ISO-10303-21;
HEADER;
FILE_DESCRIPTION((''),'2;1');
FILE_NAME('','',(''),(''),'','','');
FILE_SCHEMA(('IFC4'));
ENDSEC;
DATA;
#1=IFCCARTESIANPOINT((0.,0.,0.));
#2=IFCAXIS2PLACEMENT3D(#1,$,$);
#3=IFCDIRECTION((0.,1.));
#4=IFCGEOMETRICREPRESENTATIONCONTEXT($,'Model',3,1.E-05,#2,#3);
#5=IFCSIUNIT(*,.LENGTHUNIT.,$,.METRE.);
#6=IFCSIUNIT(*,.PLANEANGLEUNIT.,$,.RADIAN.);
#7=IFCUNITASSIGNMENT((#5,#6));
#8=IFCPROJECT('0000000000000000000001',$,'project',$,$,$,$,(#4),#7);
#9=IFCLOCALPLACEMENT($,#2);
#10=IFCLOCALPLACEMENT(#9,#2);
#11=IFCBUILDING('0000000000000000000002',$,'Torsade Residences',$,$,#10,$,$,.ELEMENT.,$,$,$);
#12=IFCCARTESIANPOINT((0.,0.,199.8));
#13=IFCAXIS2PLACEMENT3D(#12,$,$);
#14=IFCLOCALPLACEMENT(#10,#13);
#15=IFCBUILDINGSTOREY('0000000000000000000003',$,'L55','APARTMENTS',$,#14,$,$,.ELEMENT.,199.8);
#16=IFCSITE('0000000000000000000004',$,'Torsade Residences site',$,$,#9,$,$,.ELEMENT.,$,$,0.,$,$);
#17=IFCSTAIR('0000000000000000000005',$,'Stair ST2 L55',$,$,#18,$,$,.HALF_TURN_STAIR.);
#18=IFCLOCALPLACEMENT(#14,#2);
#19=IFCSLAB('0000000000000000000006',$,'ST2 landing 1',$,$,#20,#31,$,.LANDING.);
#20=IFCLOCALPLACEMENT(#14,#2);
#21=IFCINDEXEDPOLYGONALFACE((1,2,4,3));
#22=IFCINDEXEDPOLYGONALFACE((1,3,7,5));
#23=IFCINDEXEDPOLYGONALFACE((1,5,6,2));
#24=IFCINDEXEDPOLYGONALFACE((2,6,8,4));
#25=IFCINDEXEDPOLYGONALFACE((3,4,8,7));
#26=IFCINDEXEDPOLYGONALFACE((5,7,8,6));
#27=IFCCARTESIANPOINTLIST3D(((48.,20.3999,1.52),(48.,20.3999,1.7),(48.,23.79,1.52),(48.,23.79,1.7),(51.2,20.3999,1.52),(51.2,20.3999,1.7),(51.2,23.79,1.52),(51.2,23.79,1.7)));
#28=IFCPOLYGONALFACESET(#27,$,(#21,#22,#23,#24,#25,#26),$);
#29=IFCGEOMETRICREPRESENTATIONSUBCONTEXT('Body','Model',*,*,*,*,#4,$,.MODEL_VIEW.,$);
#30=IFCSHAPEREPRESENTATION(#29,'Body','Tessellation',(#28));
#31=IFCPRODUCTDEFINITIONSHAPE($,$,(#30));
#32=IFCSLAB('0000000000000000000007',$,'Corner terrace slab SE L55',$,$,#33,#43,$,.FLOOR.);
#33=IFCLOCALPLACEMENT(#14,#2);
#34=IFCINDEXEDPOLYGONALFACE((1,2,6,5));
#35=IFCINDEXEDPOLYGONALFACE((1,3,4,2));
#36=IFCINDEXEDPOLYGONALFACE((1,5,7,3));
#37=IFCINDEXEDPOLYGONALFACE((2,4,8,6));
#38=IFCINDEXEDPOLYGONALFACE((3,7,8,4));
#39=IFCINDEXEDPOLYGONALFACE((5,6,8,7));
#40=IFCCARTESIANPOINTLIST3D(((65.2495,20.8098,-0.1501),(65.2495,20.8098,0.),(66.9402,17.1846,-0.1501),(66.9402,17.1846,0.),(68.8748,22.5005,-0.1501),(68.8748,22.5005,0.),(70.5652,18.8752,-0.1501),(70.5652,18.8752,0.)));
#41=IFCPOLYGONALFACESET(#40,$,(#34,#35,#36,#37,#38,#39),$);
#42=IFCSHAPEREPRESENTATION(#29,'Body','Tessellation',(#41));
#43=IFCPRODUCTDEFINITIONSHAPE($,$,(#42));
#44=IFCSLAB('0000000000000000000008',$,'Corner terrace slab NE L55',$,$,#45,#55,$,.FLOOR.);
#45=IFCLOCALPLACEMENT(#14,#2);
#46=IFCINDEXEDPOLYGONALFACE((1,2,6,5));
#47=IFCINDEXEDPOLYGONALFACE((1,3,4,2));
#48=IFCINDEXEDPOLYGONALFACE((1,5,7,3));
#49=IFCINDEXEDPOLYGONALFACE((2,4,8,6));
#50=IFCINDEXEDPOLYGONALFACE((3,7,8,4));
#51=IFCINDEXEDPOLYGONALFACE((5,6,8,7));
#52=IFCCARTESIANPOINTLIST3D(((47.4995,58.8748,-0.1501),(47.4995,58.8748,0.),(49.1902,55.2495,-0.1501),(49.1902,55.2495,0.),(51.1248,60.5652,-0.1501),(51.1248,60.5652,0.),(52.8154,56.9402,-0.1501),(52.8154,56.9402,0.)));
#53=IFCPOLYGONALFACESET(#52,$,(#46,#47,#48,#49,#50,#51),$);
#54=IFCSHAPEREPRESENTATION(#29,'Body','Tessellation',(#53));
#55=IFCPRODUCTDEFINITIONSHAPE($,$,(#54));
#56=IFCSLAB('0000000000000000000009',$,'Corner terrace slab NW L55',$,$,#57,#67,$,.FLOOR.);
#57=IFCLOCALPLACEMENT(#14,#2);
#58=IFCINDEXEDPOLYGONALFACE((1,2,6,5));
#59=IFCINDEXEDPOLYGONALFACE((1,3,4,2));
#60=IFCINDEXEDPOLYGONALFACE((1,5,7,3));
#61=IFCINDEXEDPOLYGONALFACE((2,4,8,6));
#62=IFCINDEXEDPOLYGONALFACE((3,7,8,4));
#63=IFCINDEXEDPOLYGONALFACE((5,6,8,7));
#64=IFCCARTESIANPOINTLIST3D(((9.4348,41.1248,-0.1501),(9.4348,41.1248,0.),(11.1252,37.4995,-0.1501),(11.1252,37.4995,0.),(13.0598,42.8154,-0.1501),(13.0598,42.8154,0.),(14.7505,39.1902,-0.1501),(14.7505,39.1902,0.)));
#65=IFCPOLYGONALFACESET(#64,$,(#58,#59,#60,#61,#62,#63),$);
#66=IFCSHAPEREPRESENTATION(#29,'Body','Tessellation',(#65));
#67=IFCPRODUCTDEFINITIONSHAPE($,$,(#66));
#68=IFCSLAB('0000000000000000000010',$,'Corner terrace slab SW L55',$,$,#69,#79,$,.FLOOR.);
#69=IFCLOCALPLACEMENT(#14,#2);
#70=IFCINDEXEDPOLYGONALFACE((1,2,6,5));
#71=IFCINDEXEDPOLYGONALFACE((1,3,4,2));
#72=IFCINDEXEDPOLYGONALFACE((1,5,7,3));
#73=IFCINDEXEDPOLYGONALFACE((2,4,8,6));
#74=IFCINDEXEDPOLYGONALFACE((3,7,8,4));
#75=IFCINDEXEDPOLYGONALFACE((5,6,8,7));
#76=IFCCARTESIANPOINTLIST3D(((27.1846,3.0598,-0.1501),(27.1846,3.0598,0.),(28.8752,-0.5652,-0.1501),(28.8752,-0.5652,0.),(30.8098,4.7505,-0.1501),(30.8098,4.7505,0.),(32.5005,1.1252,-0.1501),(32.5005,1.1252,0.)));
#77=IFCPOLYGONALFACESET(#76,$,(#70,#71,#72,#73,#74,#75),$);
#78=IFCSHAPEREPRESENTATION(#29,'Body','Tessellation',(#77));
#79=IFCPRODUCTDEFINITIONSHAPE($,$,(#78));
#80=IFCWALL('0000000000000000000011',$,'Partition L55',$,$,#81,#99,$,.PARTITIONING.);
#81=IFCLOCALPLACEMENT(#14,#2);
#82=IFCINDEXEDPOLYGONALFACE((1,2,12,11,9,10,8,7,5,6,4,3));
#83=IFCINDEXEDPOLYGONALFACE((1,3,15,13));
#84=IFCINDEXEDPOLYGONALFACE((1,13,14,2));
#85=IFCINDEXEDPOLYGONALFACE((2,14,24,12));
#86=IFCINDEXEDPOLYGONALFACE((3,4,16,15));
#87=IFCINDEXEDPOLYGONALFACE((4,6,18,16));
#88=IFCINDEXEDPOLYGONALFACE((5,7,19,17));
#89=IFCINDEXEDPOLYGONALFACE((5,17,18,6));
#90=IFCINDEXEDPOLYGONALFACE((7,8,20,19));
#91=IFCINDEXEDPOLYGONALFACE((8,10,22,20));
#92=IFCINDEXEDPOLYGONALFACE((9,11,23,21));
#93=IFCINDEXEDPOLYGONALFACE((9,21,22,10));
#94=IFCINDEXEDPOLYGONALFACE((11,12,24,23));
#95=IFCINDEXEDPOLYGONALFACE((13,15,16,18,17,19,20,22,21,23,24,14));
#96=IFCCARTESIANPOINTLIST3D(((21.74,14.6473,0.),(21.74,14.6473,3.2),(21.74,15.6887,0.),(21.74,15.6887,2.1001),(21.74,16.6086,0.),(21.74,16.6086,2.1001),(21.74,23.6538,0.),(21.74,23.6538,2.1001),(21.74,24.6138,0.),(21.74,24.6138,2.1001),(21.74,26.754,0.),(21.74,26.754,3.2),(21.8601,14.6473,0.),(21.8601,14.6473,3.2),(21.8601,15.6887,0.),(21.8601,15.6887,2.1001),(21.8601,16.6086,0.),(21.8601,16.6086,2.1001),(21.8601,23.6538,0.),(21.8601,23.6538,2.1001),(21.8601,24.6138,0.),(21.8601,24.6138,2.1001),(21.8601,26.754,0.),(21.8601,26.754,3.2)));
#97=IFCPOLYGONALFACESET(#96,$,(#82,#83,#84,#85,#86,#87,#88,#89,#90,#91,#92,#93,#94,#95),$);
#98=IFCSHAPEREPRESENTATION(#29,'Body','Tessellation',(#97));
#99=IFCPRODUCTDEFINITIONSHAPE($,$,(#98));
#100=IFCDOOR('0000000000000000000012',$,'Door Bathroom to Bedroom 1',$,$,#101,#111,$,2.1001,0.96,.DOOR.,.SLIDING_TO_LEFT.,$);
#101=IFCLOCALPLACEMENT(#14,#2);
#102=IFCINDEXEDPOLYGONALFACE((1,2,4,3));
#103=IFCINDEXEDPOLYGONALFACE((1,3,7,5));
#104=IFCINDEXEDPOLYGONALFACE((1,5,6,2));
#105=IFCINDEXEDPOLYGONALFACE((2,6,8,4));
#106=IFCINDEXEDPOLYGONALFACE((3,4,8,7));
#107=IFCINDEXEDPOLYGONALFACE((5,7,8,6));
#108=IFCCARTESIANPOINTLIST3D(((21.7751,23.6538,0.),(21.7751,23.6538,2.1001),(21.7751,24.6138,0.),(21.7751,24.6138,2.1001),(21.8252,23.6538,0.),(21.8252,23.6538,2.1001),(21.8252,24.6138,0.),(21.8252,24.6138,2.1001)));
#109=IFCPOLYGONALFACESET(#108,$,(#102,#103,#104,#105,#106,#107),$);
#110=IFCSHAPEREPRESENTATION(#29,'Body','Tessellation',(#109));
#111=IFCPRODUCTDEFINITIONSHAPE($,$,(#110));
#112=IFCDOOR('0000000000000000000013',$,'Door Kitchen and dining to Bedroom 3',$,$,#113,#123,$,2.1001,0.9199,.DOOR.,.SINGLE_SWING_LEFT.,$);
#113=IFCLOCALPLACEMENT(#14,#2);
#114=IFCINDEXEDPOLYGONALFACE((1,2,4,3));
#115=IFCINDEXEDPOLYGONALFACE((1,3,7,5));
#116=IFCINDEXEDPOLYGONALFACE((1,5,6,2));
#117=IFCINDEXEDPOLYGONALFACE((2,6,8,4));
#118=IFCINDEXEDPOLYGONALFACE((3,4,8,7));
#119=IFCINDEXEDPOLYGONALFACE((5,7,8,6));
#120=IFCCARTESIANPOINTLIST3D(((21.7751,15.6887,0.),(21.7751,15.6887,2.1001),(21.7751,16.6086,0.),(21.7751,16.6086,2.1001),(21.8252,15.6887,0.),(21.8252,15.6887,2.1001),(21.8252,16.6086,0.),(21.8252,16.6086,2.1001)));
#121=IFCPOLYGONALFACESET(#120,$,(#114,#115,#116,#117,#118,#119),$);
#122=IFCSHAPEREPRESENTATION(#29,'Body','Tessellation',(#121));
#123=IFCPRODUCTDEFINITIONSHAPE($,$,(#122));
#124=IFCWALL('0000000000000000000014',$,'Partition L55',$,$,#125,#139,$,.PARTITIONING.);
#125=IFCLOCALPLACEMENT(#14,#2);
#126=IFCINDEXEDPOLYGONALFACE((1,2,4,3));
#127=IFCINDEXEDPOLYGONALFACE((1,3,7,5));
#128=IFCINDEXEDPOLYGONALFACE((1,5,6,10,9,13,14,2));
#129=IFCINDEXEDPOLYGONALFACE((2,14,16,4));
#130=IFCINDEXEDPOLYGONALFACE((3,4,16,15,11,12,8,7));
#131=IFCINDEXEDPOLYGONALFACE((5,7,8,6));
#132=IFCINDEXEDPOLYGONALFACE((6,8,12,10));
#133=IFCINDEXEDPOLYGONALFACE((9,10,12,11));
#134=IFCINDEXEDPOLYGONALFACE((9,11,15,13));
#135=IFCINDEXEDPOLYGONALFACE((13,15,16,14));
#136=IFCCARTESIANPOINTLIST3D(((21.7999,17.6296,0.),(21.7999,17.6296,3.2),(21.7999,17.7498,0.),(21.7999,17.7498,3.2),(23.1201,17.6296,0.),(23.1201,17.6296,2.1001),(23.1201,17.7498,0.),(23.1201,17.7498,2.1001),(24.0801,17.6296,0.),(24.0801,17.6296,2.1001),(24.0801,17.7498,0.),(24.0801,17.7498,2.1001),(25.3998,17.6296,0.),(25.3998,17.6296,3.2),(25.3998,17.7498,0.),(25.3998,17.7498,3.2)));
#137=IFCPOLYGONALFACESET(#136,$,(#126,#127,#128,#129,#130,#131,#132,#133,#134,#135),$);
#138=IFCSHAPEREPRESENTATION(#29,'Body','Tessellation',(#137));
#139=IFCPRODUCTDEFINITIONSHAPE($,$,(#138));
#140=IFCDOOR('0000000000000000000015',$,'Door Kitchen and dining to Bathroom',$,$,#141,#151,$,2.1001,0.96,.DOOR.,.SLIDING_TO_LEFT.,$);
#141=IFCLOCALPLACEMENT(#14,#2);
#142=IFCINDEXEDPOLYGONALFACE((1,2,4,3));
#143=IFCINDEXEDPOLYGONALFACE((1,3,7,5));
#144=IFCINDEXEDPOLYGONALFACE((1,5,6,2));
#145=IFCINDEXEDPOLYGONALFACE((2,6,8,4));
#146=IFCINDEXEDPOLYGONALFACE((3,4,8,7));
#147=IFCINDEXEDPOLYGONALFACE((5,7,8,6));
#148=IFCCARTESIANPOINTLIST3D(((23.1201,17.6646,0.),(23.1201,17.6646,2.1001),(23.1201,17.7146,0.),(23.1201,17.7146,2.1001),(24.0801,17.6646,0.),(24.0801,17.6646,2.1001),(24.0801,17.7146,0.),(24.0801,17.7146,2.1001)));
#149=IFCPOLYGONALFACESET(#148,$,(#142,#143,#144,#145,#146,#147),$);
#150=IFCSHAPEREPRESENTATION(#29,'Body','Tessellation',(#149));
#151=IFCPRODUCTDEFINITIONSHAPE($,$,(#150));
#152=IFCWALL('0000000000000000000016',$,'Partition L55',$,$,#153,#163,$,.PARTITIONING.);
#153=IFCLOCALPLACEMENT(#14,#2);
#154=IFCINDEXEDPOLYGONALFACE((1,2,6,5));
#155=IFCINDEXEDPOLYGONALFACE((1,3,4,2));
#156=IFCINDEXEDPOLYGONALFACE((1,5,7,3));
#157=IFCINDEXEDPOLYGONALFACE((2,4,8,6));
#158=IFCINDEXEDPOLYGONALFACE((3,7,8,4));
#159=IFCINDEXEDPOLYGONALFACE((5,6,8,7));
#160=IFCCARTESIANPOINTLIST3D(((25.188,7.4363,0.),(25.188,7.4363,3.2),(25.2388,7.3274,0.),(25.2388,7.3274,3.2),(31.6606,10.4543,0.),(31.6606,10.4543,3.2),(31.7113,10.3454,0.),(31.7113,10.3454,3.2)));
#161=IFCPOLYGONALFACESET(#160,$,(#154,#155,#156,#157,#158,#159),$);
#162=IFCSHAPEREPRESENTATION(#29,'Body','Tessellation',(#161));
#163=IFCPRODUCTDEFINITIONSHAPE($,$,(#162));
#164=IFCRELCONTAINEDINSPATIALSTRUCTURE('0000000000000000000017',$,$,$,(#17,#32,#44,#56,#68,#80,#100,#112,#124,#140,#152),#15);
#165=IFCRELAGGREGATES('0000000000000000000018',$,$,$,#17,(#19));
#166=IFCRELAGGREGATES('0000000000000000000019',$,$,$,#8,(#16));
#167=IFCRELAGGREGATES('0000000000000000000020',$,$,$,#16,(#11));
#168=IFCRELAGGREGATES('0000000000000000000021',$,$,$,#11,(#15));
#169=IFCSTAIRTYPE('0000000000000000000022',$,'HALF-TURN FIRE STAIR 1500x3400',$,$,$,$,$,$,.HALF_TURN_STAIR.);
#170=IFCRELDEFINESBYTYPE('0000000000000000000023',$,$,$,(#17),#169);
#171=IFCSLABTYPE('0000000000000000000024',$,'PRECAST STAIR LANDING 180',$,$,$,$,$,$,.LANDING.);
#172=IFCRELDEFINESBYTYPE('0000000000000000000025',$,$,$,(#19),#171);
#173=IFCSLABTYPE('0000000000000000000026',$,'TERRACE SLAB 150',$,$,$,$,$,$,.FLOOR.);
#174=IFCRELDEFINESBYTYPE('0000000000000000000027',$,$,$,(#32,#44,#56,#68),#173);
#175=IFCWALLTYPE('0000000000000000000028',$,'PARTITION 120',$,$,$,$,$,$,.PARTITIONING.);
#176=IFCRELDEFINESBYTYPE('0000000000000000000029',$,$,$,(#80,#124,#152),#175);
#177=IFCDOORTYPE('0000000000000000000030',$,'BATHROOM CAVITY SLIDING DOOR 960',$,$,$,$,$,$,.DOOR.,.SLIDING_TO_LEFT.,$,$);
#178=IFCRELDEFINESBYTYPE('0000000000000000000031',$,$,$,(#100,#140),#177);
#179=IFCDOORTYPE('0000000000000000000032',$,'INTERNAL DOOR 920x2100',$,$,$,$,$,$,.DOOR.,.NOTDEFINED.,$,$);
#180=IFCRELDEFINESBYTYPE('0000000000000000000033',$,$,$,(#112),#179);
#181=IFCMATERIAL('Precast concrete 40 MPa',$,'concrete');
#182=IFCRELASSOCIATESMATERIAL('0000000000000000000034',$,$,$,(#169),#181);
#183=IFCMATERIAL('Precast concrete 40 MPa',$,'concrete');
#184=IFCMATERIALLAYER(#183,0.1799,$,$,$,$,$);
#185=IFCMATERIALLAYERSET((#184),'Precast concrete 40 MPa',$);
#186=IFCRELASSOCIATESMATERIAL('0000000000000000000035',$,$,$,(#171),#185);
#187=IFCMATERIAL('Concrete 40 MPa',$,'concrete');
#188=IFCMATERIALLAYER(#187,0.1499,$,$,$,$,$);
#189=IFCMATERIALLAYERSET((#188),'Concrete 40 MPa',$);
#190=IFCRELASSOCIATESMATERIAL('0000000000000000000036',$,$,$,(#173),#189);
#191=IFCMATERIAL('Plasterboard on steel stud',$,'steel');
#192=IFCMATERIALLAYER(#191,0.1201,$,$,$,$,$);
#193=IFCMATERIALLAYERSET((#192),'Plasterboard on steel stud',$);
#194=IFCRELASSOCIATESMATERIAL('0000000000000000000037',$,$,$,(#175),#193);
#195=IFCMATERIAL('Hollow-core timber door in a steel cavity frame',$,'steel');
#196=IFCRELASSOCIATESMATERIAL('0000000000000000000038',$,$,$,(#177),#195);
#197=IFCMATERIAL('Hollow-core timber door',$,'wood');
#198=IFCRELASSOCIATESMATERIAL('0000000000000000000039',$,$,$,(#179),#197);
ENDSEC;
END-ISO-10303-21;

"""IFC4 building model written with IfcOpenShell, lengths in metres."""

from ifc_helpers import new_model, si_unit, direction, frame, frame_2d, origin, place, context, subcontext, project, spatial, polyline, rectangle, outline, extrude, material, layer, layer_set, type_object, element, fill, aggregate, save


model = new_model("IFC4")

# Units and contexts
model_context = context("Model", 3, precision=1e-05, world=origin(), true_north=direction((0.0, 1.0)))
body_context = subcontext(model_context, "Body", "Model", "MODEL_VIEW")
ifc_project = project(units=[si_unit("LENGTHUNIT", "METRE"), si_unit("PLANEANGLEUNIT", "RADIAN")], contexts=[model_context])

# Site, building, storey
site_placement = place(None, origin())
site = spatial("IfcSite", under=ifc_project, at=site_placement, Name="Torsade Residences site", CompositionType="ELEMENT", RefElevation=0.0)
building_placement = place(site_placement, origin())
building = spatial("IfcBuilding", under=site, at=building_placement, Name="Torsade Residences", CompositionType="ELEMENT")
storey_placement = place(building_placement, frame((0.0, 0.0, 199.8)))
storey = spatial("IfcBuildingStorey", under=building, at=storey_placement, Name="L55", Description="APARTMENTS", CompositionType="ELEMENT", Elevation=199.8)

# Stair, slab
ifc_material_1 = material(Name="Precast concrete 40 MPa", Category="concrete")
stair_type = type_object("IfcStairType", Name="HALF-TURN FIRE STAIR 1500x3400", PredefinedType="HALF_TURN_STAIR", material=ifc_material_1)
ifc_material_2 = material(Name="Precast concrete 40 MPa", Category="concrete")
ifc_layer_1 = layer(ifc_material_2, 0.1799)
ifc_layer_set_1 = layer_set([ifc_layer_1], Name="Precast concrete 40 MPa")
slab_type_1 = type_object("IfcSlabType", Name="PRECAST STAIR LANDING 180", PredefinedType="LANDING", material=ifc_layer_set_1)
stair_1_placement = place(storey_placement, origin())
stair_1 = element("IfcStair", 1, at=stair_1_placement, inside=storey, type_object=stair_type, Name="Stair ST2 L55", PredefinedType="HALF_TURN_STAIR")
slab_1_placement = place(storey_placement, frame((0.0, 0.0, 1.52)))
slab_1 = element("IfcSlab", 2, at=slab_1_placement, type_object=slab_type_1, Name="ST2 landing 1", PredefinedType="LANDING", context=body_context, shape_type="SweptSolid", body=[
    extrude(outline(polyline([(48.0, 20.3999), (51.2, 20.3999), (51.2, 23.79), (48.0, 23.79), (48.0, 20.3999)])), origin(), (0.0, 0.0, 1.0), 0.1799),
])
aggregate(stair_1, [slab_1])

# Slabs
ifc_material_3 = material(Name="Concrete 40 MPa", Category="concrete")
ifc_layer_2 = layer(ifc_material_3, 0.1499)
ifc_layer_set_2 = layer_set([ifc_layer_2], Name="Concrete 40 MPa")
slab_type_2 = type_object("IfcSlabType", Name="TERRACE SLAB 150", PredefinedType="FLOOR", material=ifc_layer_set_2)
slab_2_placement = place(storey_placement, frame((0.0, 0.0, -0.1501)))
element("IfcSlab", 3, at=slab_2_placement, inside=storey, type_object=slab_type_2, Name="Corner terrace slab SE L55", PredefinedType="FLOOR", context=body_context, shape_type="SweptSolid", body=[
    extrude(outline(polyline([(66.9402, 17.1846), (70.5652, 18.8752), (68.8748, 22.5005), (65.2495, 20.8098), (66.9402, 17.1846)])), origin(), (0.0, 0.0, 1.0), 0.1501),
])
slab_3_placement = place(storey_placement, frame((0.0, 0.0, -0.1501)))
element("IfcSlab", 4, at=slab_3_placement, inside=storey, type_object=slab_type_2, Name="Corner terrace slab NE L55", PredefinedType="FLOOR", context=body_context, shape_type="SweptSolid", body=[
    extrude(outline(polyline([(49.1902, 55.2495), (52.8154, 56.9402), (51.1248, 60.5652), (47.4995, 58.8748), (49.1902, 55.2495)])), origin(), (0.0, 0.0, 1.0), 0.1501),
])
slab_4_placement = place(storey_placement, frame((0.0, 0.0, -0.1501)))
element("IfcSlab", 5, at=slab_4_placement, inside=storey, type_object=slab_type_2, Name="Corner terrace slab NW L55", PredefinedType="FLOOR", context=body_context, shape_type="SweptSolid", body=[
    extrude(outline(polyline([(11.1252, 37.4995), (14.7505, 39.1902), (13.0598, 42.8154), (9.4348, 41.1248), (11.1252, 37.4995)])), origin(), (0.0, 0.0, 1.0), 0.1501),
])
slab_5_placement = place(storey_placement, frame((0.0, 0.0, -0.1501)))
element("IfcSlab", 6, at=slab_5_placement, inside=storey, type_object=slab_type_2, Name="Corner terrace slab SW L55", PredefinedType="FLOOR", context=body_context, shape_type="SweptSolid", body=[
    extrude(outline(polyline([(28.8752, -0.5652), (32.5005, 1.1252), (30.8098, 4.7505), (27.1846, 3.0598), (28.8752, -0.5652)])), origin(), (0.0, 0.0, 1.0), 0.1501),
])

# Wall, openings, doors
ifc_material_4 = material(Name="Plasterboard on steel stud", Category="steel")
ifc_layer_3 = layer(ifc_material_4, 0.1201)
ifc_layer_set_3 = layer_set([ifc_layer_3], Name="Plasterboard on steel stud")
wall_type = type_object("IfcWallType", Name="PARTITION 120", PredefinedType="PARTITIONING", material=ifc_layer_set_3)
wall_1_placement = place(storey_placement, frame((21.8, 14.6475, 0.0), z_axis=(0.0, 0.0, 1.0), x_axis=(0.0, 1.0, 0.0)))
wall_1 = element("IfcWall", 7, at=wall_1_placement, inside=storey, type_object=wall_type, Name="Partition L55", PredefinedType="PARTITIONING", context=body_context, shape_type="SweptSolid", body=[
    extrude(rectangle(XDim=12.1067, YDim=0.1201, at=frame_2d((6.0532, 0.0))), origin(), (0.0, 0.0, 1.0), 3.2),
])
opening_1_placement = place(wall_1_placement, frame((1.0413, 0.0, 0.0)))
opening_1 = element("IfcOpeningElement", 8, at=opening_1_placement, cuts=wall_1, PredefinedType="OPENING", context=body_context, shape_type="SweptSolid", body=[
    extrude(rectangle(XDim=0.9199, YDim=2.1001, at=frame_2d((0.46, 1.05))), frame((0.0, 0.0701, 0.0), z_axis=(0.0, -1.0, 0.0), x_axis=(1.0, 0.0, 0.0)), (0.0, 0.0, 1.0), 0.1401),
])
opening_2_placement = place(wall_1_placement, frame((9.0063, 0.0, 0.0)))
opening_2 = element("IfcOpeningElement", 9, at=opening_2_placement, cuts=wall_1, PredefinedType="OPENING", context=body_context, shape_type="SweptSolid", body=[
    extrude(rectangle(XDim=0.96, YDim=2.1001, at=frame_2d((0.48, 1.05))), frame((0.0, 0.0701, 0.0), z_axis=(0.0, -1.0, 0.0), x_axis=(1.0, 0.0, 0.0)), (0.0, 0.0, 1.0), 0.1401),
])
ifc_material_5 = material(Name="Hollow-core timber door in a steel cavity frame", Category="steel")
door_type_1 = type_object("IfcDoorType", Name="BATHROOM CAVITY SLIDING DOOR 960", OperationType="SLIDING_TO_LEFT", PredefinedType="DOOR", material=ifc_material_5)
door_1_placement = place(opening_2_placement, origin())
door_1 = element("IfcDoor", 10, at=door_1_placement, inside=storey, type_object=door_type_1, Name="Door Bathroom to Bedroom 1", OperationType="SLIDING_TO_LEFT", OverallHeight=2.1001, OverallWidth=0.96, PredefinedType="DOOR", context=body_context, shape_type="SweptSolid", body=[
    extrude(rectangle(XDim=0.96, YDim=2.1001, at=frame_2d((0.48, 1.05))), frame((0.0, 0.0249, 0.0), z_axis=(0.0, -1.0, 0.0), x_axis=(1.0, 0.0, 0.0)), (0.0, 0.0, 1.0), 0.05),
])
fill(opening_2, door_1)
ifc_material_6 = material(Name="Hollow-core timber door", Category="wood")
door_type_2 = type_object("IfcDoorType", Name="INTERNAL DOOR 920x2100", OperationType="NOTDEFINED", PredefinedType="DOOR", material=ifc_material_6)
door_2_placement = place(opening_1_placement, origin())
door_2 = element("IfcDoor", 11, at=door_2_placement, inside=storey, type_object=door_type_2, Name="Door Kitchen and dining to Bedroom 3", OperationType="SINGLE_SWING_LEFT", OverallHeight=2.1001, OverallWidth=0.9199, PredefinedType="DOOR", context=body_context, shape_type="SweptSolid", body=[
    extrude(rectangle(XDim=0.9199, YDim=2.1001, at=frame_2d((0.46, 1.05))), frame((0.0, 0.0249, 0.0), z_axis=(0.0, -1.0, 0.0), x_axis=(1.0, 0.0, 0.0)), (0.0, 0.0, 1.0), 0.05),
])
fill(opening_1, door_2)

# Wall, opening, door
wall_2_placement = place(storey_placement, frame((21.8, 17.6897, 0.0), z_axis=(0.0, 0.0, 1.0), x_axis=(1.0, 0.0, 0.0)))
wall_2 = element("IfcWall", 12, at=wall_2_placement, inside=storey, type_object=wall_type, Name="Partition L55", PredefinedType="PARTITIONING", context=body_context, shape_type="SweptSolid", body=[
    extrude(rectangle(XDim=3.5999, YDim=0.1201, at=frame_2d((1.7998, 0.0))), origin(), (0.0, 0.0, 1.0), 3.2),
])
opening_3_placement = place(wall_2_placement, frame((1.3201, 0.0, 0.0)))
opening_3 = element("IfcOpeningElement", 13, at=opening_3_placement, cuts=wall_2, PredefinedType="OPENING", context=body_context, shape_type="SweptSolid", body=[
    extrude(rectangle(XDim=0.96, YDim=2.1001, at=frame_2d((0.48, 1.05))), frame((0.0, 0.0701, 0.0), z_axis=(0.0, -1.0, 0.0), x_axis=(1.0, 0.0, 0.0)), (0.0, 0.0, 1.0), 0.1401),
])
door_3_placement = place(opening_3_placement, origin())
door_3 = element("IfcDoor", 14, at=door_3_placement, inside=storey, type_object=door_type_1, Name="Door Kitchen and dining to Bathroom", OperationType="SLIDING_TO_LEFT", OverallHeight=2.1001, OverallWidth=0.96, PredefinedType="DOOR", context=body_context, shape_type="SweptSolid", body=[
    extrude(rectangle(XDim=0.96, YDim=2.1001, at=frame_2d((0.48, 1.05))), frame((0.0, 0.0249, 0.0), z_axis=(0.0, -1.0, 0.0), x_axis=(1.0, 0.0, 0.0)), (0.0, 0.0, 1.0), 0.05),
])
fill(opening_3, door_3)

# Wall
wall_3_placement = place(storey_placement, frame((25.2134, 7.3818, 0.0), z_axis=(0.0, 0.0, 1.0), x_axis=(0.906318, 0.422597, 0.0)))
element("IfcWall", 15, at=wall_3_placement, inside=storey, type_object=wall_type, Name="Partition L55", PredefinedType="PARTITIONING", context=body_context, shape_type="SweptSolid", body=[
    extrude(rectangle(XDim=7.1416, YDim=0.1201, at=frame_2d((3.5708, 0.0))), origin(), (0.0, 0.0, 1.0), 3.2),
])

save(model, "model.ifc")
